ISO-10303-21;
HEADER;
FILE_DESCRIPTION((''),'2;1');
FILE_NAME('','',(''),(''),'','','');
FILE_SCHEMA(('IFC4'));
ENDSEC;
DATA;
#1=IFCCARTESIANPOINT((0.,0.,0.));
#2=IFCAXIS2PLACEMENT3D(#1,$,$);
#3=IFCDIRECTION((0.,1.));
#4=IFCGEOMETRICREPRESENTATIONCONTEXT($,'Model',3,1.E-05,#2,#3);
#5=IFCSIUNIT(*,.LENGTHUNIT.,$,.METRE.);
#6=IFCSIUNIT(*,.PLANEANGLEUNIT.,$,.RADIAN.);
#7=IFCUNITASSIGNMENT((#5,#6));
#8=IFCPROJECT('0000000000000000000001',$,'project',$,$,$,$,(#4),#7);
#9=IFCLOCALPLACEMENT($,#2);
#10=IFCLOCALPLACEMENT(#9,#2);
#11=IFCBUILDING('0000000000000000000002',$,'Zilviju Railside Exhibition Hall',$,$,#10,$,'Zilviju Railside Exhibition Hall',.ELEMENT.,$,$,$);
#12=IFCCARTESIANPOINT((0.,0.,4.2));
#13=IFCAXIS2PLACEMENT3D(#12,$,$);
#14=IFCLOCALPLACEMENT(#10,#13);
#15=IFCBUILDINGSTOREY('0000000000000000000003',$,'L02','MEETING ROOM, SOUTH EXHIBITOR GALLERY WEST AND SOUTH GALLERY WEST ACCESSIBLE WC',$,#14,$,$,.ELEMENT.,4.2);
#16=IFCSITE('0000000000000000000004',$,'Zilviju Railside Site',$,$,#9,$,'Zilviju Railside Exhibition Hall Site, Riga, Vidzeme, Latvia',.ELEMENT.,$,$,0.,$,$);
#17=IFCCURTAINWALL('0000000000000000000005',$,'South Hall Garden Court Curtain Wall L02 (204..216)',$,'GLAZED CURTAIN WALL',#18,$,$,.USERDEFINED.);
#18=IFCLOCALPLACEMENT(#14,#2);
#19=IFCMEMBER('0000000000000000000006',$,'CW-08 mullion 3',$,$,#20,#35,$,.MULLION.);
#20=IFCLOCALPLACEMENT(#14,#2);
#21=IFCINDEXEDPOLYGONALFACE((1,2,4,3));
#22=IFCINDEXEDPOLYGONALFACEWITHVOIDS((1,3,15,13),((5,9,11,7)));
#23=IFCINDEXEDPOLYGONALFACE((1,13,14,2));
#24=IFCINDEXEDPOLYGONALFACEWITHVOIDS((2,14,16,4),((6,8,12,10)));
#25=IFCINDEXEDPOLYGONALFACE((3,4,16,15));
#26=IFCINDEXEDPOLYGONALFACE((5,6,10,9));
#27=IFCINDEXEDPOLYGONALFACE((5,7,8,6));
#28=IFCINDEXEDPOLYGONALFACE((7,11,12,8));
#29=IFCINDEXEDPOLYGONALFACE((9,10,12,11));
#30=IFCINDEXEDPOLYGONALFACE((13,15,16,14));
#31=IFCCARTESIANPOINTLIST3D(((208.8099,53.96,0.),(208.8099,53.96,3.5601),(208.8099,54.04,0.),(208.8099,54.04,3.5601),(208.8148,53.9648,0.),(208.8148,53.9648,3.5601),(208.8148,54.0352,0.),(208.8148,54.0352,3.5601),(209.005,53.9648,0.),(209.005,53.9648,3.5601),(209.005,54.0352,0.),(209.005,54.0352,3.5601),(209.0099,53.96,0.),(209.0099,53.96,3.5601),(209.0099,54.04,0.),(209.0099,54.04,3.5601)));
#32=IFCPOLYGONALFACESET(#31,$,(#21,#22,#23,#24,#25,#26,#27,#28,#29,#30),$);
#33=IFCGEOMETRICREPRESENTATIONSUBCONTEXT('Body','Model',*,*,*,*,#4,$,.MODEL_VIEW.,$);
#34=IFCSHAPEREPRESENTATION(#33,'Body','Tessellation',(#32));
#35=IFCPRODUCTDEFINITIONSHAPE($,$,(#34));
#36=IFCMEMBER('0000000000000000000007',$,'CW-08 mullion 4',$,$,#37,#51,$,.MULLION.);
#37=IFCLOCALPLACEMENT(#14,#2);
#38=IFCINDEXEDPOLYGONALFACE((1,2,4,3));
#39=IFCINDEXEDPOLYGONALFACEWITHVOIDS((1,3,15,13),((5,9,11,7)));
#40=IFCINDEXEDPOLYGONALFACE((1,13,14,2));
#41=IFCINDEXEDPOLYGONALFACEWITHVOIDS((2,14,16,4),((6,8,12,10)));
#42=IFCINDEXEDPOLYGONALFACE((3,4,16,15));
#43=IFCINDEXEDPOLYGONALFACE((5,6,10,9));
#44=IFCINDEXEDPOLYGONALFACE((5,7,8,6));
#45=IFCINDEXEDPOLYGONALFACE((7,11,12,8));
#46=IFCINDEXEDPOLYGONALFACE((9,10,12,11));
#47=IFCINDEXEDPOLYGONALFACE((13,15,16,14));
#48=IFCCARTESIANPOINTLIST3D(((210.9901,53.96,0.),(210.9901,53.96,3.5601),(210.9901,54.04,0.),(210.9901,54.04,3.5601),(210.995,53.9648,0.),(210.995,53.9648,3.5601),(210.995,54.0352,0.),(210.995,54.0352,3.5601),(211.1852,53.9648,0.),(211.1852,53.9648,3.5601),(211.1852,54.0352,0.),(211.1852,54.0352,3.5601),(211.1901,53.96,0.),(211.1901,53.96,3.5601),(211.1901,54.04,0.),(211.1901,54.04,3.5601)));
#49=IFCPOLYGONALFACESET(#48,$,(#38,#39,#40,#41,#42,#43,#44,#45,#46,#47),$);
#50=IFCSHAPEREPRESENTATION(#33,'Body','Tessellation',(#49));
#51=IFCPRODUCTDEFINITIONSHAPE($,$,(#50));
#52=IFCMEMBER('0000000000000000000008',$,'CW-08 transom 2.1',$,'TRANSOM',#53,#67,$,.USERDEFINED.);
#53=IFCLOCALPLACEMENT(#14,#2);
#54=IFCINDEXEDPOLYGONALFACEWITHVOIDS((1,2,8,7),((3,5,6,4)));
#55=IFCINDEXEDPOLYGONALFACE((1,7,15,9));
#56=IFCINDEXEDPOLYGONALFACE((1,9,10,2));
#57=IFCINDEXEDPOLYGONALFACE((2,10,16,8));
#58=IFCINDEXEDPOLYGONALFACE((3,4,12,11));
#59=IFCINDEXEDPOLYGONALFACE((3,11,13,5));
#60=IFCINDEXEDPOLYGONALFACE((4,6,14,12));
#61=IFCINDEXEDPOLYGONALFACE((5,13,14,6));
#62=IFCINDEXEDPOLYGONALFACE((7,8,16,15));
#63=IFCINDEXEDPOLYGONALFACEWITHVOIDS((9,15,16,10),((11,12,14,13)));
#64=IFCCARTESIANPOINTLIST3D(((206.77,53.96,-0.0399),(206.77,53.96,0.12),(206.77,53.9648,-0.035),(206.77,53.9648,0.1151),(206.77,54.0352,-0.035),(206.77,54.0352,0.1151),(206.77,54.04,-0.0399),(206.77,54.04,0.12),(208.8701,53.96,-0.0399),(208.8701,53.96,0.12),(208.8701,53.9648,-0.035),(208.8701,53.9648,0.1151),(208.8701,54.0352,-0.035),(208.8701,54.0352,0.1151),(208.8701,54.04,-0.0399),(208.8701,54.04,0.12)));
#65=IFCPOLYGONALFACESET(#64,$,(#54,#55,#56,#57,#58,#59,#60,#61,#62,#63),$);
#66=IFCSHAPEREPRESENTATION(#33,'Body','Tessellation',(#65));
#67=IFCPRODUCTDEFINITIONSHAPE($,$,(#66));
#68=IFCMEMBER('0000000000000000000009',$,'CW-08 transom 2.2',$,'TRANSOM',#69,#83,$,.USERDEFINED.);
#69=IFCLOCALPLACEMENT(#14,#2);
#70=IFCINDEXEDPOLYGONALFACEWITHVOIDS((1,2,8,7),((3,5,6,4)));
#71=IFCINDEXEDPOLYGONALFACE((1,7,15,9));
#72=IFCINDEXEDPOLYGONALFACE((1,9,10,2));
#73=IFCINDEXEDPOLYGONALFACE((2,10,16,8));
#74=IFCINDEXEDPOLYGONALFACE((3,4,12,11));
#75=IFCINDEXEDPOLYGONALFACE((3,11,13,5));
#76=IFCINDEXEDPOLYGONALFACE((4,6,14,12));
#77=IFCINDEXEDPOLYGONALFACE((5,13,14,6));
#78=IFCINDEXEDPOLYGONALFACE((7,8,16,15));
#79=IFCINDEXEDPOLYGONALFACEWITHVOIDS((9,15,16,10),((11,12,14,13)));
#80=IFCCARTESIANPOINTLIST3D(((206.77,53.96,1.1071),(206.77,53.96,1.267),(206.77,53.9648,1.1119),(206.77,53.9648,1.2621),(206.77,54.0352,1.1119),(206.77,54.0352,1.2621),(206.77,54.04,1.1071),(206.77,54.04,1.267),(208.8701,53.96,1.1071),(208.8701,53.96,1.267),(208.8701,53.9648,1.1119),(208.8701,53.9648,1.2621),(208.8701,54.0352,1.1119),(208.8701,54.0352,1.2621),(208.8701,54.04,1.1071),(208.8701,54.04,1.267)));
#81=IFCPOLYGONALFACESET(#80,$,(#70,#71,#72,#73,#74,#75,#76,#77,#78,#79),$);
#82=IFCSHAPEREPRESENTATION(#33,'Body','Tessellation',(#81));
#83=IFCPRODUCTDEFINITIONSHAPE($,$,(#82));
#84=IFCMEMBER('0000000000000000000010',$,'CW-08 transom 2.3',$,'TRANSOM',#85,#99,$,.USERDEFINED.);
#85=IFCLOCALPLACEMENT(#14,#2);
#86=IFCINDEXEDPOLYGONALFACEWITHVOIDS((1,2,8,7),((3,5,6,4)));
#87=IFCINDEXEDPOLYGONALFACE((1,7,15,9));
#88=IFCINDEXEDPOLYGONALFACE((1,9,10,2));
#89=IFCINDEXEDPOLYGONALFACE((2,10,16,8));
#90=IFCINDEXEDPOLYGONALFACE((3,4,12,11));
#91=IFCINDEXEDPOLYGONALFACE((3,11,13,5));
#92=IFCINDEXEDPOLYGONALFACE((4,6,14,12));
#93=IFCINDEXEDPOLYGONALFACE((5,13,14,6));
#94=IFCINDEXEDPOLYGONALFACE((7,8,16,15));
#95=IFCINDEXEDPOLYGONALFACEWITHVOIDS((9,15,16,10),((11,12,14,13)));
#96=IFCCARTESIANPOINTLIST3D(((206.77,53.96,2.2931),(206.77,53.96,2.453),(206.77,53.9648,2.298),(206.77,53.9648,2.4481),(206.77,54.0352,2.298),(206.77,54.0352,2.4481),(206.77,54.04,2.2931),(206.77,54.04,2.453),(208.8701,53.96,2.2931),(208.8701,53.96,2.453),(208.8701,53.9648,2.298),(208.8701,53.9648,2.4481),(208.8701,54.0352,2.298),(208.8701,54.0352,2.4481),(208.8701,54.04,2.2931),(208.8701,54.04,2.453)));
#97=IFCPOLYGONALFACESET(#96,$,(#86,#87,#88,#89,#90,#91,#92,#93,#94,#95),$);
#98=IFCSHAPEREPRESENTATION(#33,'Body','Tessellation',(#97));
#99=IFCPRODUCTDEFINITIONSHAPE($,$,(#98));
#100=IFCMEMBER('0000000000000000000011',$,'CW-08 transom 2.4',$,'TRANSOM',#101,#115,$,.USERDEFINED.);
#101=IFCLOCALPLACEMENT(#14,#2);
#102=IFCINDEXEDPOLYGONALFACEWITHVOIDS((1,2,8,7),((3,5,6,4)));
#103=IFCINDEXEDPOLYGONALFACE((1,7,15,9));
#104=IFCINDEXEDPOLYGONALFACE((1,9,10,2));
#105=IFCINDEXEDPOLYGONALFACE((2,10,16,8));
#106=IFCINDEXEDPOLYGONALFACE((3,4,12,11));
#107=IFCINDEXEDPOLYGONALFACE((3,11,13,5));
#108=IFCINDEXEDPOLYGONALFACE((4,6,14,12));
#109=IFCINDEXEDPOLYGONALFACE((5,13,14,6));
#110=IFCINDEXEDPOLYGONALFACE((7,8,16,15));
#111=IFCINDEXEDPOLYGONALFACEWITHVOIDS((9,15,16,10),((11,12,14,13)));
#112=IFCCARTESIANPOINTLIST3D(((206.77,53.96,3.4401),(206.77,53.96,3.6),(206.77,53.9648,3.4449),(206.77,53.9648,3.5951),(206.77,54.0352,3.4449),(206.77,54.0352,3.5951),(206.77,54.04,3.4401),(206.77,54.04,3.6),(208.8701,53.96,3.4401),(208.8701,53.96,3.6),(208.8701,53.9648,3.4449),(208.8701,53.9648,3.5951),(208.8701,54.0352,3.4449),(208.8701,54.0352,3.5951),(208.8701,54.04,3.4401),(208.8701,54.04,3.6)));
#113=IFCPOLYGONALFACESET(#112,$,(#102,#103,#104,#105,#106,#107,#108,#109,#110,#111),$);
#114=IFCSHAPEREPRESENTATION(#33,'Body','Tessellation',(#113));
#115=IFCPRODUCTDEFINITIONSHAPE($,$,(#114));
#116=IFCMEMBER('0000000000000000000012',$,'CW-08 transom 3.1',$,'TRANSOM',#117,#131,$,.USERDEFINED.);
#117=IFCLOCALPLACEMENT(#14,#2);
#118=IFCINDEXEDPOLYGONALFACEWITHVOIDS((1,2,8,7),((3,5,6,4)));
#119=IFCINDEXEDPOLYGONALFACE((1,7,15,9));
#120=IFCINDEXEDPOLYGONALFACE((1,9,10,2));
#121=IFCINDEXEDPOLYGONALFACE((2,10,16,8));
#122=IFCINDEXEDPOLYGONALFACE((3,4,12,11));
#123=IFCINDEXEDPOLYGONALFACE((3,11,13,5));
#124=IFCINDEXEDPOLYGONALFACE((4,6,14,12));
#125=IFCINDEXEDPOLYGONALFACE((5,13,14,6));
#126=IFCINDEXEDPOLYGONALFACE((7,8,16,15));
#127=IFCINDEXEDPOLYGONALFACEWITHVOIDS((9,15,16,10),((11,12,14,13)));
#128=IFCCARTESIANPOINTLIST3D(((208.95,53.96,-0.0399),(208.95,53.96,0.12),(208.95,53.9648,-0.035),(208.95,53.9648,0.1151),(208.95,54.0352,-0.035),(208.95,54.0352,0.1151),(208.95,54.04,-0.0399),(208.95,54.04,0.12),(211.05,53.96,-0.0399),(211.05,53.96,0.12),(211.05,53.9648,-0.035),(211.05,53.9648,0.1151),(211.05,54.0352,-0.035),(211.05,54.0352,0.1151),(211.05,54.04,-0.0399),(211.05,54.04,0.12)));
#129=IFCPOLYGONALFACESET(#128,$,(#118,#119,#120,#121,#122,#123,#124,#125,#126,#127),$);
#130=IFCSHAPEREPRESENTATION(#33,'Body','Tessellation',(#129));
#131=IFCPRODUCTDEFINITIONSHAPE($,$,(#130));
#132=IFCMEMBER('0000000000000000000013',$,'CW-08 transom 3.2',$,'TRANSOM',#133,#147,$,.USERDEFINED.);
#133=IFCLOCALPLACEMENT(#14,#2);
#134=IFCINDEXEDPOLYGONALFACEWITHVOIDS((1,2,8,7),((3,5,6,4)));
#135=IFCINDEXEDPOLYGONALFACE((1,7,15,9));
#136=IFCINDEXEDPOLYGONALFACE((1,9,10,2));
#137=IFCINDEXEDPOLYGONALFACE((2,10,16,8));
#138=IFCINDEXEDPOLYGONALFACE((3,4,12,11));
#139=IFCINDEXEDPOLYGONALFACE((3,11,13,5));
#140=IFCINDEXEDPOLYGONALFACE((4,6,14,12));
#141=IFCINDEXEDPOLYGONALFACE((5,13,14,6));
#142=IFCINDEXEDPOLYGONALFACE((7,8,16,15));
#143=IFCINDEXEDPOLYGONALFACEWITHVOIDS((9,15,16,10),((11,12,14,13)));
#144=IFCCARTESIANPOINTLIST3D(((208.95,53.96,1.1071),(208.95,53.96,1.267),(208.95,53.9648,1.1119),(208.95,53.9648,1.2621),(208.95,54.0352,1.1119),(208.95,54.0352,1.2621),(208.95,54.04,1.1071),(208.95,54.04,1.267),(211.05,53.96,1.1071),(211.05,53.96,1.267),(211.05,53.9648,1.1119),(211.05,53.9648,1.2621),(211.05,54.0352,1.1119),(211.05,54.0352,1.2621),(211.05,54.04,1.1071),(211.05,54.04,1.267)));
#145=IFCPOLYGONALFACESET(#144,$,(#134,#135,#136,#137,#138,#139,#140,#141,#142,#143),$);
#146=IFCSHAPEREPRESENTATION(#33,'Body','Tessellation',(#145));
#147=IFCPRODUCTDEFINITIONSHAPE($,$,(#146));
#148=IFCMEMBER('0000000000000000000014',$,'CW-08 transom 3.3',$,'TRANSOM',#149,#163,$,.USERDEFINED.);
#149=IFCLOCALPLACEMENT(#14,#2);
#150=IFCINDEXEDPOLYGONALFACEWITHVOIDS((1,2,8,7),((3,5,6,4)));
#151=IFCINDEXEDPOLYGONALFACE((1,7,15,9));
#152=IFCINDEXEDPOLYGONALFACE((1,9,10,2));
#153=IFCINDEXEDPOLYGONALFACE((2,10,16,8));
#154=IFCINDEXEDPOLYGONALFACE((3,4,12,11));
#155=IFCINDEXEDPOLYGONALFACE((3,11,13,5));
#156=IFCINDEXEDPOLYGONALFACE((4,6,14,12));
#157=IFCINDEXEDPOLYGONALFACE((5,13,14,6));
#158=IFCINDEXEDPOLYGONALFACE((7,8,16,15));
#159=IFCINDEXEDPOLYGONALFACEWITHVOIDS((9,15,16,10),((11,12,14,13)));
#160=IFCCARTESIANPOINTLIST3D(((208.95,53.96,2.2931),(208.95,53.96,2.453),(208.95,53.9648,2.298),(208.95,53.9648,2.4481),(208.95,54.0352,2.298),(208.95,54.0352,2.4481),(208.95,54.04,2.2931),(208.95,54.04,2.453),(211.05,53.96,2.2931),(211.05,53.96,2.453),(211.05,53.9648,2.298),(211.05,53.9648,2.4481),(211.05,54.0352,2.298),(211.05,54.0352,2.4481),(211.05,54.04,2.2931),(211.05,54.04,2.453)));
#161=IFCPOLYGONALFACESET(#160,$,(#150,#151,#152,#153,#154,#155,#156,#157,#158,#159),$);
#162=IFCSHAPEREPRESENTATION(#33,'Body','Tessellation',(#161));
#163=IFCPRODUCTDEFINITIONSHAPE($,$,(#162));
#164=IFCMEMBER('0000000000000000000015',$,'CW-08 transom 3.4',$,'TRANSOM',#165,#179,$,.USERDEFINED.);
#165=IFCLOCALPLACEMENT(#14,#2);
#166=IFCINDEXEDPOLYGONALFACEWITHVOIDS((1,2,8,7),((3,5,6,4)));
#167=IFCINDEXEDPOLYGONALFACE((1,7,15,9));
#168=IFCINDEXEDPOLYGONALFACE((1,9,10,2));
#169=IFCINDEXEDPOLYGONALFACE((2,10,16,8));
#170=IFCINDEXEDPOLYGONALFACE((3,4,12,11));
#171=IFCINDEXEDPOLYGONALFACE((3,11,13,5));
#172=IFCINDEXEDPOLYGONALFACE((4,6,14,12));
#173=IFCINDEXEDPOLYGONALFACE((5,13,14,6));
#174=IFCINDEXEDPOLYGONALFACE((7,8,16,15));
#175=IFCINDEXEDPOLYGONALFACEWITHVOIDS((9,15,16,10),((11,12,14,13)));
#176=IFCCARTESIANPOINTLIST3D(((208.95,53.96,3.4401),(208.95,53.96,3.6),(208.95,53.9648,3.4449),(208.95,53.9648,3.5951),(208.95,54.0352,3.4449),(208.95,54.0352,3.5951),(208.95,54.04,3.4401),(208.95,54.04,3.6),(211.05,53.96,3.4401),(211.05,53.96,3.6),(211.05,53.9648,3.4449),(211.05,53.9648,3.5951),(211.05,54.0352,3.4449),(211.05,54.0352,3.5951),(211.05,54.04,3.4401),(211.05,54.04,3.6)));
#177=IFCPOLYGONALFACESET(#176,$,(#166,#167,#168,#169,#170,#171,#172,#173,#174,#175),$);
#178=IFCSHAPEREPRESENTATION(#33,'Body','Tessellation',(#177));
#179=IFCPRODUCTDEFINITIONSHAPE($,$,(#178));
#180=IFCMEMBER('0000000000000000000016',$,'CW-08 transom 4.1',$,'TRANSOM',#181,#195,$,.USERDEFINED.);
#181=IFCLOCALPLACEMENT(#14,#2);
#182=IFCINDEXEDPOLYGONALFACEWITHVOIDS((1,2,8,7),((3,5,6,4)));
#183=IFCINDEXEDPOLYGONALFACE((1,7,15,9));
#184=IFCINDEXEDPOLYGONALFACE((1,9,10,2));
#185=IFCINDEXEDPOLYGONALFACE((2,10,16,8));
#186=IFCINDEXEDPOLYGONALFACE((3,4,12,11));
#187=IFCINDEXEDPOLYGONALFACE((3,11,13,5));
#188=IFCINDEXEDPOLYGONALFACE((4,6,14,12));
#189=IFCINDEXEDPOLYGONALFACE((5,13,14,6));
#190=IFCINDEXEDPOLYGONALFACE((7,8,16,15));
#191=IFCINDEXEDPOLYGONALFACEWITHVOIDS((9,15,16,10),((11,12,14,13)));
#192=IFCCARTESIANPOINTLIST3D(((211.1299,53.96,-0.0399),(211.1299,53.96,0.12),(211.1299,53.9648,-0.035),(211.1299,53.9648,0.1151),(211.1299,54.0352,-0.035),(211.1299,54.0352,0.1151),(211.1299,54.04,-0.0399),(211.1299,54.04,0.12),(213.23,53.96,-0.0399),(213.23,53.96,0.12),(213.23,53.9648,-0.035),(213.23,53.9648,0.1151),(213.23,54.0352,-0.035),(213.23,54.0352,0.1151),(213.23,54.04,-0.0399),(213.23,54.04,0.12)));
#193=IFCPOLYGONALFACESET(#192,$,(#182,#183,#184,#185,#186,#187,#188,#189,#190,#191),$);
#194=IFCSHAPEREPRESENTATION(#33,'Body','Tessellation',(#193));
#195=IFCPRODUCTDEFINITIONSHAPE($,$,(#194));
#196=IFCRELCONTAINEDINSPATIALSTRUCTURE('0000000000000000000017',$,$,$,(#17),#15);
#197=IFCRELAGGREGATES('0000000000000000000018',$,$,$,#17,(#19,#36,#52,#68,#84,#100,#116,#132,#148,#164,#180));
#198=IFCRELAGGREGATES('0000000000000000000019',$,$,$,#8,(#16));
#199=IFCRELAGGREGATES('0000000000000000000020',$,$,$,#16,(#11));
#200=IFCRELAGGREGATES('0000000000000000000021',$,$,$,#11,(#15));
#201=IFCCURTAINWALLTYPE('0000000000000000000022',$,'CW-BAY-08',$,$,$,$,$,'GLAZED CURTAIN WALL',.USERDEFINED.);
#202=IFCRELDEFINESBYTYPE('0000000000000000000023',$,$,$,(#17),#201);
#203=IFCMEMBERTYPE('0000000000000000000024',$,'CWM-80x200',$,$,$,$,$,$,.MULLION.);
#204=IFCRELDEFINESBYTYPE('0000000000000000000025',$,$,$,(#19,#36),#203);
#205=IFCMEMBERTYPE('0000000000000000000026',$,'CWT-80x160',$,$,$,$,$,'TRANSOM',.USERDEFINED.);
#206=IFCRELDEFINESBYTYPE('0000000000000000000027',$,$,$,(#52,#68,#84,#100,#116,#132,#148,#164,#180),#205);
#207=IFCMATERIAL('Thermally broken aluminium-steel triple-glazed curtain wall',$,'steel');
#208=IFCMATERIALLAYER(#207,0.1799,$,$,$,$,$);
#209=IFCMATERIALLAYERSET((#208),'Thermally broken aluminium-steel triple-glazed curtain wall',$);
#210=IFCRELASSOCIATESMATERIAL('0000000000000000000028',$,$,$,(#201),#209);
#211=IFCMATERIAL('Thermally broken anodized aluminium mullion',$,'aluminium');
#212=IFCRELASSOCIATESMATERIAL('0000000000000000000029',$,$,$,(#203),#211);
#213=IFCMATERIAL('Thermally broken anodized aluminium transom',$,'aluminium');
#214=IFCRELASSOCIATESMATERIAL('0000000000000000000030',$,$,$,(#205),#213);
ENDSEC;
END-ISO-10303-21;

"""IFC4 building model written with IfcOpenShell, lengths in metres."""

from ifc_helpers import new_model, si_unit, direction, frame, origin, origin_2d, place, context, subcontext, project, spatial, hollow_rectangle, extrude, material, layer, layer_set, material_profile, profile_set, type_object, element, aggregate, save


model = new_model("IFC4")

# Units and contexts
model_context = context("Model", 3, precision=1e-05, world=origin(), true_north=direction((0.0, 1.0)))
body_context = subcontext(model_context, "Body", "Model", "MODEL_VIEW")
ifc_project = project(units=[si_unit("LENGTHUNIT", "METRE"), si_unit("PLANEANGLEUNIT", "RADIAN")], contexts=[model_context])

# Site, building, storey
site_placement = place(None, origin())
site = spatial("IfcSite", under=ifc_project, at=site_placement, Name="Zilviju Railside Site", LongName="Zilviju Railside Exhibition Hall Site, Riga, Vidzeme, Latvia", CompositionType="ELEMENT", RefElevation=0.0)
building_placement = place(site_placement, origin())
building = spatial("IfcBuilding", under=site, at=building_placement, Name="Zilviju Railside Exhibition Hall", LongName="Zilviju Railside Exhibition Hall", CompositionType="ELEMENT")
storey_placement = place(building_placement, frame((0.0, 0.0, 4.2)))
storey = spatial("IfcBuildingStorey", under=building, at=storey_placement, Name="L02", Description="MEETING ROOM, SOUTH EXHIBITOR GALLERY WEST AND SOUTH GALLERY WEST ACCESSIBLE WC", CompositionType="ELEMENT", Elevation=4.2)

# Curtain wall, members
ifc_material_1 = material(Name="Thermally broken aluminium-steel triple-glazed curtain wall", Category="steel")
ifc_layer_1 = layer(ifc_material_1, 0.1799)
ifc_layer_set_1 = layer_set([ifc_layer_1], Name="Thermally broken aluminium-steel triple-glazed curtain wall")
curtain_wall_type = type_object("IfcCurtainWallType", Name="CW-BAY-08", ElementType="GLAZED CURTAIN WALL", PredefinedType="USERDEFINED", material=ifc_layer_set_1)
curtain_wall_placement = place(storey_placement, origin())
curtain_wall = element("IfcCurtainWall", 1, at=curtain_wall_placement, inside=storey, type_object=curtain_wall_type, Name="South Hall Garden Court Curtain Wall L02 (204..216)", ObjectType="GLAZED CURTAIN WALL", PredefinedType="USERDEFINED")
ifc_material_2 = material(Name="Thermally broken anodized aluminium mullion", Category="aluminium")
ifc_material_profile_1 = material_profile(ifc_material_2, hollow_rectangle(XDim=0.0801, YDim=0.2, WallThickness=0.0049, at=origin_2d()), Name="MULLION 200x80x5")
ifc_profile_set_1 = profile_set([ifc_material_profile_1], Name="Thermally broken anodized aluminium mullion")
member_type_1 = type_object("IfcMemberType", Name="CWM-80x200", PredefinedType="MULLION", material=ifc_profile_set_1)
member_1_placement = place(storey_placement, frame((208.9099, 54.0, 0.0), z_axis=(0.0, 0.0, 1.0), x_axis=(0.0, 1.0, 0.0)))
member_1 = element("IfcMember", 2, at=member_1_placement, type_object=member_type_1, Name="CW-08 mullion 3", PredefinedType="MULLION", context=body_context, shape_type="SweptSolid", body=[
    extrude(hollow_rectangle(XDim=0.0801, YDim=0.2, WallThickness=0.0049, at=origin_2d()), origin(), (0.0, 0.0, 1.0), 3.5601),
])
member_2_placement = place(storey_placement, frame((211.0901, 54.0, 0.0), z_axis=(0.0, 0.0, 1.0), x_axis=(0.0, 1.0, 0.0)))
member_2 = element("IfcMember", 3, at=member_2_placement, type_object=member_type_1, Name="CW-08 mullion 4", PredefinedType="MULLION", context=body_context, shape_type="SweptSolid", body=[
    extrude(hollow_rectangle(XDim=0.0801, YDim=0.2, WallThickness=0.0049, at=origin_2d()), origin(), (0.0, 0.0, 1.0), 3.5601),
])
ifc_material_3 = material(Name="Thermally broken anodized aluminium transom", Category="aluminium")
ifc_material_profile_2 = material_profile(ifc_material_3, hollow_rectangle(XDim=0.0801, YDim=0.1599, WallThickness=0.0049, at=origin_2d()), Name="TRANSOM 160x80x5")
ifc_profile_set_2 = profile_set([ifc_material_profile_2], Name="Thermally broken anodized aluminium transom")
member_type_2 = type_object("IfcMemberType", Name="CWT-80x160", ElementType="TRANSOM", PredefinedType="USERDEFINED", material=ifc_profile_set_2)
member_3_placement = place(storey_placement, frame((206.77, 54.0, 0.04), z_axis=(1.0, 0.0, 0.0), x_axis=(0.0, 1.0, 0.0)))
member_3 = element("IfcMember", 4, at=member_3_placement, type_object=member_type_2, Name="CW-08 transom 2.1", ObjectType="TRANSOM", PredefinedType="USERDEFINED", context=body_context, shape_type="SweptSolid", body=[
    extrude(hollow_rectangle(XDim=0.0801, YDim=0.1599, WallThickness=0.0049, at=origin_2d()), origin(), (0.0, 0.0, 1.0), 2.1001),
])
member_4_placement = place(storey_placement, frame((206.77, 54.0, 1.187), z_axis=(1.0, 0.0, 0.0), x_axis=(0.0, 1.0, 0.0)))
member_4 = element("IfcMember", 5, at=member_4_placement, type_object=member_type_2, Name="CW-08 transom 2.2", ObjectType="TRANSOM", PredefinedType="USERDEFINED", context=body_context, shape_type="SweptSolid", body=[
    extrude(hollow_rectangle(XDim=0.0801, YDim=0.1599, WallThickness=0.0049, at=origin_2d()), origin(), (0.0, 0.0, 1.0), 2.1001),
])
member_5_placement = place(storey_placement, frame((206.77, 54.0, 2.373), z_axis=(1.0, 0.0, 0.0), x_axis=(0.0, 1.0, 0.0)))
member_5 = element("IfcMember", 6, at=member_5_placement, type_object=member_type_2, Name="CW-08 transom 2.3", ObjectType="TRANSOM", PredefinedType="USERDEFINED", context=body_context, shape_type="SweptSolid", body=[
    extrude(hollow_rectangle(XDim=0.0801, YDim=0.1599, WallThickness=0.0049, at=origin_2d()), origin(), (0.0, 0.0, 1.0), 2.1001),
])
member_6_placement = place(storey_placement, frame((206.77, 54.0, 3.52), z_axis=(1.0, 0.0, 0.0), x_axis=(0.0, 1.0, 0.0)))
member_6 = element("IfcMember", 7, at=member_6_placement, type_object=member_type_2, Name="CW-08 transom 2.4", ObjectType="TRANSOM", PredefinedType="USERDEFINED", context=body_context, shape_type="SweptSolid", body=[
    extrude(hollow_rectangle(XDim=0.0801, YDim=0.1599, WallThickness=0.0049, at=origin_2d()), origin(), (0.0, 0.0, 1.0), 2.1001),
])
member_7_placement = place(storey_placement, frame((208.95, 54.0, 0.04), z_axis=(1.0, 0.0, 0.0), x_axis=(0.0, 1.0, 0.0)))
member_7 = element("IfcMember", 8, at=member_7_placement, type_object=member_type_2, Name="CW-08 transom 3.1", ObjectType="TRANSOM", PredefinedType="USERDEFINED", context=body_context, shape_type="SweptSolid", body=[
    extrude(hollow_rectangle(XDim=0.0801, YDim=0.1599, WallThickness=0.0049, at=origin_2d()), origin(), (0.0, 0.0, 1.0), 2.1001),
])
member_8_placement = place(storey_placement, frame((208.95, 54.0, 1.187), z_axis=(1.0, 0.0, 0.0), x_axis=(0.0, 1.0, 0.0)))
member_8 = element("IfcMember", 9, at=member_8_placement, type_object=member_type_2, Name="CW-08 transom 3.2", ObjectType="TRANSOM", PredefinedType="USERDEFINED", context=body_context, shape_type="SweptSolid", body=[
    extrude(hollow_rectangle(XDim=0.0801, YDim=0.1599, WallThickness=0.0049, at=origin_2d()), origin(), (0.0, 0.0, 1.0), 2.1001),
])
member_9_placement = place(storey_placement, frame((208.95, 54.0, 2.373), z_axis=(1.0, 0.0, 0.0), x_axis=(0.0, 1.0, 0.0)))
member_9 = element("IfcMember", 10, at=member_9_placement, type_object=member_type_2, Name="CW-08 transom 3.3", ObjectType="TRANSOM", PredefinedType="USERDEFINED", context=body_context, shape_type="SweptSolid", body=[
    extrude(hollow_rectangle(XDim=0.0801, YDim=0.1599, WallThickness=0.0049, at=origin_2d()), origin(), (0.0, 0.0, 1.0), 2.1001),
])
member_10_placement = place(storey_placement, frame((208.95, 54.0, 3.52), z_axis=(1.0, 0.0, 0.0), x_axis=(0.0, 1.0, 0.0)))
member_10 = element("IfcMember", 11, at=member_10_placement, type_object=member_type_2, Name="CW-08 transom 3.4", ObjectType="TRANSOM", PredefinedType="USERDEFINED", context=body_context, shape_type="SweptSolid", body=[
    extrude(hollow_rectangle(XDim=0.0801, YDim=0.1599, WallThickness=0.0049, at=origin_2d()), origin(), (0.0, 0.0, 1.0), 2.1001),
])
member_11_placement = place(storey_placement, frame((211.1299, 54.0, 0.04), z_axis=(1.0, 0.0, 0.0), x_axis=(0.0, 1.0, 0.0)))
member_11 = element("IfcMember", 12, at=member_11_placement, type_object=member_type_2, Name="CW-08 transom 4.1", ObjectType="TRANSOM", PredefinedType="USERDEFINED", context=body_context, shape_type="SweptSolid", body=[
    extrude(hollow_rectangle(XDim=0.0801, YDim=0.1599, WallThickness=0.0049, at=origin_2d()), origin(), (0.0, 0.0, 1.0), 2.1001),
])
aggregate(curtain_wall, [member_1, member_2, member_3, member_4, member_5, member_6, member_7, member_8, member_9, member_10, member_11])

save(model, "model.ifc")
